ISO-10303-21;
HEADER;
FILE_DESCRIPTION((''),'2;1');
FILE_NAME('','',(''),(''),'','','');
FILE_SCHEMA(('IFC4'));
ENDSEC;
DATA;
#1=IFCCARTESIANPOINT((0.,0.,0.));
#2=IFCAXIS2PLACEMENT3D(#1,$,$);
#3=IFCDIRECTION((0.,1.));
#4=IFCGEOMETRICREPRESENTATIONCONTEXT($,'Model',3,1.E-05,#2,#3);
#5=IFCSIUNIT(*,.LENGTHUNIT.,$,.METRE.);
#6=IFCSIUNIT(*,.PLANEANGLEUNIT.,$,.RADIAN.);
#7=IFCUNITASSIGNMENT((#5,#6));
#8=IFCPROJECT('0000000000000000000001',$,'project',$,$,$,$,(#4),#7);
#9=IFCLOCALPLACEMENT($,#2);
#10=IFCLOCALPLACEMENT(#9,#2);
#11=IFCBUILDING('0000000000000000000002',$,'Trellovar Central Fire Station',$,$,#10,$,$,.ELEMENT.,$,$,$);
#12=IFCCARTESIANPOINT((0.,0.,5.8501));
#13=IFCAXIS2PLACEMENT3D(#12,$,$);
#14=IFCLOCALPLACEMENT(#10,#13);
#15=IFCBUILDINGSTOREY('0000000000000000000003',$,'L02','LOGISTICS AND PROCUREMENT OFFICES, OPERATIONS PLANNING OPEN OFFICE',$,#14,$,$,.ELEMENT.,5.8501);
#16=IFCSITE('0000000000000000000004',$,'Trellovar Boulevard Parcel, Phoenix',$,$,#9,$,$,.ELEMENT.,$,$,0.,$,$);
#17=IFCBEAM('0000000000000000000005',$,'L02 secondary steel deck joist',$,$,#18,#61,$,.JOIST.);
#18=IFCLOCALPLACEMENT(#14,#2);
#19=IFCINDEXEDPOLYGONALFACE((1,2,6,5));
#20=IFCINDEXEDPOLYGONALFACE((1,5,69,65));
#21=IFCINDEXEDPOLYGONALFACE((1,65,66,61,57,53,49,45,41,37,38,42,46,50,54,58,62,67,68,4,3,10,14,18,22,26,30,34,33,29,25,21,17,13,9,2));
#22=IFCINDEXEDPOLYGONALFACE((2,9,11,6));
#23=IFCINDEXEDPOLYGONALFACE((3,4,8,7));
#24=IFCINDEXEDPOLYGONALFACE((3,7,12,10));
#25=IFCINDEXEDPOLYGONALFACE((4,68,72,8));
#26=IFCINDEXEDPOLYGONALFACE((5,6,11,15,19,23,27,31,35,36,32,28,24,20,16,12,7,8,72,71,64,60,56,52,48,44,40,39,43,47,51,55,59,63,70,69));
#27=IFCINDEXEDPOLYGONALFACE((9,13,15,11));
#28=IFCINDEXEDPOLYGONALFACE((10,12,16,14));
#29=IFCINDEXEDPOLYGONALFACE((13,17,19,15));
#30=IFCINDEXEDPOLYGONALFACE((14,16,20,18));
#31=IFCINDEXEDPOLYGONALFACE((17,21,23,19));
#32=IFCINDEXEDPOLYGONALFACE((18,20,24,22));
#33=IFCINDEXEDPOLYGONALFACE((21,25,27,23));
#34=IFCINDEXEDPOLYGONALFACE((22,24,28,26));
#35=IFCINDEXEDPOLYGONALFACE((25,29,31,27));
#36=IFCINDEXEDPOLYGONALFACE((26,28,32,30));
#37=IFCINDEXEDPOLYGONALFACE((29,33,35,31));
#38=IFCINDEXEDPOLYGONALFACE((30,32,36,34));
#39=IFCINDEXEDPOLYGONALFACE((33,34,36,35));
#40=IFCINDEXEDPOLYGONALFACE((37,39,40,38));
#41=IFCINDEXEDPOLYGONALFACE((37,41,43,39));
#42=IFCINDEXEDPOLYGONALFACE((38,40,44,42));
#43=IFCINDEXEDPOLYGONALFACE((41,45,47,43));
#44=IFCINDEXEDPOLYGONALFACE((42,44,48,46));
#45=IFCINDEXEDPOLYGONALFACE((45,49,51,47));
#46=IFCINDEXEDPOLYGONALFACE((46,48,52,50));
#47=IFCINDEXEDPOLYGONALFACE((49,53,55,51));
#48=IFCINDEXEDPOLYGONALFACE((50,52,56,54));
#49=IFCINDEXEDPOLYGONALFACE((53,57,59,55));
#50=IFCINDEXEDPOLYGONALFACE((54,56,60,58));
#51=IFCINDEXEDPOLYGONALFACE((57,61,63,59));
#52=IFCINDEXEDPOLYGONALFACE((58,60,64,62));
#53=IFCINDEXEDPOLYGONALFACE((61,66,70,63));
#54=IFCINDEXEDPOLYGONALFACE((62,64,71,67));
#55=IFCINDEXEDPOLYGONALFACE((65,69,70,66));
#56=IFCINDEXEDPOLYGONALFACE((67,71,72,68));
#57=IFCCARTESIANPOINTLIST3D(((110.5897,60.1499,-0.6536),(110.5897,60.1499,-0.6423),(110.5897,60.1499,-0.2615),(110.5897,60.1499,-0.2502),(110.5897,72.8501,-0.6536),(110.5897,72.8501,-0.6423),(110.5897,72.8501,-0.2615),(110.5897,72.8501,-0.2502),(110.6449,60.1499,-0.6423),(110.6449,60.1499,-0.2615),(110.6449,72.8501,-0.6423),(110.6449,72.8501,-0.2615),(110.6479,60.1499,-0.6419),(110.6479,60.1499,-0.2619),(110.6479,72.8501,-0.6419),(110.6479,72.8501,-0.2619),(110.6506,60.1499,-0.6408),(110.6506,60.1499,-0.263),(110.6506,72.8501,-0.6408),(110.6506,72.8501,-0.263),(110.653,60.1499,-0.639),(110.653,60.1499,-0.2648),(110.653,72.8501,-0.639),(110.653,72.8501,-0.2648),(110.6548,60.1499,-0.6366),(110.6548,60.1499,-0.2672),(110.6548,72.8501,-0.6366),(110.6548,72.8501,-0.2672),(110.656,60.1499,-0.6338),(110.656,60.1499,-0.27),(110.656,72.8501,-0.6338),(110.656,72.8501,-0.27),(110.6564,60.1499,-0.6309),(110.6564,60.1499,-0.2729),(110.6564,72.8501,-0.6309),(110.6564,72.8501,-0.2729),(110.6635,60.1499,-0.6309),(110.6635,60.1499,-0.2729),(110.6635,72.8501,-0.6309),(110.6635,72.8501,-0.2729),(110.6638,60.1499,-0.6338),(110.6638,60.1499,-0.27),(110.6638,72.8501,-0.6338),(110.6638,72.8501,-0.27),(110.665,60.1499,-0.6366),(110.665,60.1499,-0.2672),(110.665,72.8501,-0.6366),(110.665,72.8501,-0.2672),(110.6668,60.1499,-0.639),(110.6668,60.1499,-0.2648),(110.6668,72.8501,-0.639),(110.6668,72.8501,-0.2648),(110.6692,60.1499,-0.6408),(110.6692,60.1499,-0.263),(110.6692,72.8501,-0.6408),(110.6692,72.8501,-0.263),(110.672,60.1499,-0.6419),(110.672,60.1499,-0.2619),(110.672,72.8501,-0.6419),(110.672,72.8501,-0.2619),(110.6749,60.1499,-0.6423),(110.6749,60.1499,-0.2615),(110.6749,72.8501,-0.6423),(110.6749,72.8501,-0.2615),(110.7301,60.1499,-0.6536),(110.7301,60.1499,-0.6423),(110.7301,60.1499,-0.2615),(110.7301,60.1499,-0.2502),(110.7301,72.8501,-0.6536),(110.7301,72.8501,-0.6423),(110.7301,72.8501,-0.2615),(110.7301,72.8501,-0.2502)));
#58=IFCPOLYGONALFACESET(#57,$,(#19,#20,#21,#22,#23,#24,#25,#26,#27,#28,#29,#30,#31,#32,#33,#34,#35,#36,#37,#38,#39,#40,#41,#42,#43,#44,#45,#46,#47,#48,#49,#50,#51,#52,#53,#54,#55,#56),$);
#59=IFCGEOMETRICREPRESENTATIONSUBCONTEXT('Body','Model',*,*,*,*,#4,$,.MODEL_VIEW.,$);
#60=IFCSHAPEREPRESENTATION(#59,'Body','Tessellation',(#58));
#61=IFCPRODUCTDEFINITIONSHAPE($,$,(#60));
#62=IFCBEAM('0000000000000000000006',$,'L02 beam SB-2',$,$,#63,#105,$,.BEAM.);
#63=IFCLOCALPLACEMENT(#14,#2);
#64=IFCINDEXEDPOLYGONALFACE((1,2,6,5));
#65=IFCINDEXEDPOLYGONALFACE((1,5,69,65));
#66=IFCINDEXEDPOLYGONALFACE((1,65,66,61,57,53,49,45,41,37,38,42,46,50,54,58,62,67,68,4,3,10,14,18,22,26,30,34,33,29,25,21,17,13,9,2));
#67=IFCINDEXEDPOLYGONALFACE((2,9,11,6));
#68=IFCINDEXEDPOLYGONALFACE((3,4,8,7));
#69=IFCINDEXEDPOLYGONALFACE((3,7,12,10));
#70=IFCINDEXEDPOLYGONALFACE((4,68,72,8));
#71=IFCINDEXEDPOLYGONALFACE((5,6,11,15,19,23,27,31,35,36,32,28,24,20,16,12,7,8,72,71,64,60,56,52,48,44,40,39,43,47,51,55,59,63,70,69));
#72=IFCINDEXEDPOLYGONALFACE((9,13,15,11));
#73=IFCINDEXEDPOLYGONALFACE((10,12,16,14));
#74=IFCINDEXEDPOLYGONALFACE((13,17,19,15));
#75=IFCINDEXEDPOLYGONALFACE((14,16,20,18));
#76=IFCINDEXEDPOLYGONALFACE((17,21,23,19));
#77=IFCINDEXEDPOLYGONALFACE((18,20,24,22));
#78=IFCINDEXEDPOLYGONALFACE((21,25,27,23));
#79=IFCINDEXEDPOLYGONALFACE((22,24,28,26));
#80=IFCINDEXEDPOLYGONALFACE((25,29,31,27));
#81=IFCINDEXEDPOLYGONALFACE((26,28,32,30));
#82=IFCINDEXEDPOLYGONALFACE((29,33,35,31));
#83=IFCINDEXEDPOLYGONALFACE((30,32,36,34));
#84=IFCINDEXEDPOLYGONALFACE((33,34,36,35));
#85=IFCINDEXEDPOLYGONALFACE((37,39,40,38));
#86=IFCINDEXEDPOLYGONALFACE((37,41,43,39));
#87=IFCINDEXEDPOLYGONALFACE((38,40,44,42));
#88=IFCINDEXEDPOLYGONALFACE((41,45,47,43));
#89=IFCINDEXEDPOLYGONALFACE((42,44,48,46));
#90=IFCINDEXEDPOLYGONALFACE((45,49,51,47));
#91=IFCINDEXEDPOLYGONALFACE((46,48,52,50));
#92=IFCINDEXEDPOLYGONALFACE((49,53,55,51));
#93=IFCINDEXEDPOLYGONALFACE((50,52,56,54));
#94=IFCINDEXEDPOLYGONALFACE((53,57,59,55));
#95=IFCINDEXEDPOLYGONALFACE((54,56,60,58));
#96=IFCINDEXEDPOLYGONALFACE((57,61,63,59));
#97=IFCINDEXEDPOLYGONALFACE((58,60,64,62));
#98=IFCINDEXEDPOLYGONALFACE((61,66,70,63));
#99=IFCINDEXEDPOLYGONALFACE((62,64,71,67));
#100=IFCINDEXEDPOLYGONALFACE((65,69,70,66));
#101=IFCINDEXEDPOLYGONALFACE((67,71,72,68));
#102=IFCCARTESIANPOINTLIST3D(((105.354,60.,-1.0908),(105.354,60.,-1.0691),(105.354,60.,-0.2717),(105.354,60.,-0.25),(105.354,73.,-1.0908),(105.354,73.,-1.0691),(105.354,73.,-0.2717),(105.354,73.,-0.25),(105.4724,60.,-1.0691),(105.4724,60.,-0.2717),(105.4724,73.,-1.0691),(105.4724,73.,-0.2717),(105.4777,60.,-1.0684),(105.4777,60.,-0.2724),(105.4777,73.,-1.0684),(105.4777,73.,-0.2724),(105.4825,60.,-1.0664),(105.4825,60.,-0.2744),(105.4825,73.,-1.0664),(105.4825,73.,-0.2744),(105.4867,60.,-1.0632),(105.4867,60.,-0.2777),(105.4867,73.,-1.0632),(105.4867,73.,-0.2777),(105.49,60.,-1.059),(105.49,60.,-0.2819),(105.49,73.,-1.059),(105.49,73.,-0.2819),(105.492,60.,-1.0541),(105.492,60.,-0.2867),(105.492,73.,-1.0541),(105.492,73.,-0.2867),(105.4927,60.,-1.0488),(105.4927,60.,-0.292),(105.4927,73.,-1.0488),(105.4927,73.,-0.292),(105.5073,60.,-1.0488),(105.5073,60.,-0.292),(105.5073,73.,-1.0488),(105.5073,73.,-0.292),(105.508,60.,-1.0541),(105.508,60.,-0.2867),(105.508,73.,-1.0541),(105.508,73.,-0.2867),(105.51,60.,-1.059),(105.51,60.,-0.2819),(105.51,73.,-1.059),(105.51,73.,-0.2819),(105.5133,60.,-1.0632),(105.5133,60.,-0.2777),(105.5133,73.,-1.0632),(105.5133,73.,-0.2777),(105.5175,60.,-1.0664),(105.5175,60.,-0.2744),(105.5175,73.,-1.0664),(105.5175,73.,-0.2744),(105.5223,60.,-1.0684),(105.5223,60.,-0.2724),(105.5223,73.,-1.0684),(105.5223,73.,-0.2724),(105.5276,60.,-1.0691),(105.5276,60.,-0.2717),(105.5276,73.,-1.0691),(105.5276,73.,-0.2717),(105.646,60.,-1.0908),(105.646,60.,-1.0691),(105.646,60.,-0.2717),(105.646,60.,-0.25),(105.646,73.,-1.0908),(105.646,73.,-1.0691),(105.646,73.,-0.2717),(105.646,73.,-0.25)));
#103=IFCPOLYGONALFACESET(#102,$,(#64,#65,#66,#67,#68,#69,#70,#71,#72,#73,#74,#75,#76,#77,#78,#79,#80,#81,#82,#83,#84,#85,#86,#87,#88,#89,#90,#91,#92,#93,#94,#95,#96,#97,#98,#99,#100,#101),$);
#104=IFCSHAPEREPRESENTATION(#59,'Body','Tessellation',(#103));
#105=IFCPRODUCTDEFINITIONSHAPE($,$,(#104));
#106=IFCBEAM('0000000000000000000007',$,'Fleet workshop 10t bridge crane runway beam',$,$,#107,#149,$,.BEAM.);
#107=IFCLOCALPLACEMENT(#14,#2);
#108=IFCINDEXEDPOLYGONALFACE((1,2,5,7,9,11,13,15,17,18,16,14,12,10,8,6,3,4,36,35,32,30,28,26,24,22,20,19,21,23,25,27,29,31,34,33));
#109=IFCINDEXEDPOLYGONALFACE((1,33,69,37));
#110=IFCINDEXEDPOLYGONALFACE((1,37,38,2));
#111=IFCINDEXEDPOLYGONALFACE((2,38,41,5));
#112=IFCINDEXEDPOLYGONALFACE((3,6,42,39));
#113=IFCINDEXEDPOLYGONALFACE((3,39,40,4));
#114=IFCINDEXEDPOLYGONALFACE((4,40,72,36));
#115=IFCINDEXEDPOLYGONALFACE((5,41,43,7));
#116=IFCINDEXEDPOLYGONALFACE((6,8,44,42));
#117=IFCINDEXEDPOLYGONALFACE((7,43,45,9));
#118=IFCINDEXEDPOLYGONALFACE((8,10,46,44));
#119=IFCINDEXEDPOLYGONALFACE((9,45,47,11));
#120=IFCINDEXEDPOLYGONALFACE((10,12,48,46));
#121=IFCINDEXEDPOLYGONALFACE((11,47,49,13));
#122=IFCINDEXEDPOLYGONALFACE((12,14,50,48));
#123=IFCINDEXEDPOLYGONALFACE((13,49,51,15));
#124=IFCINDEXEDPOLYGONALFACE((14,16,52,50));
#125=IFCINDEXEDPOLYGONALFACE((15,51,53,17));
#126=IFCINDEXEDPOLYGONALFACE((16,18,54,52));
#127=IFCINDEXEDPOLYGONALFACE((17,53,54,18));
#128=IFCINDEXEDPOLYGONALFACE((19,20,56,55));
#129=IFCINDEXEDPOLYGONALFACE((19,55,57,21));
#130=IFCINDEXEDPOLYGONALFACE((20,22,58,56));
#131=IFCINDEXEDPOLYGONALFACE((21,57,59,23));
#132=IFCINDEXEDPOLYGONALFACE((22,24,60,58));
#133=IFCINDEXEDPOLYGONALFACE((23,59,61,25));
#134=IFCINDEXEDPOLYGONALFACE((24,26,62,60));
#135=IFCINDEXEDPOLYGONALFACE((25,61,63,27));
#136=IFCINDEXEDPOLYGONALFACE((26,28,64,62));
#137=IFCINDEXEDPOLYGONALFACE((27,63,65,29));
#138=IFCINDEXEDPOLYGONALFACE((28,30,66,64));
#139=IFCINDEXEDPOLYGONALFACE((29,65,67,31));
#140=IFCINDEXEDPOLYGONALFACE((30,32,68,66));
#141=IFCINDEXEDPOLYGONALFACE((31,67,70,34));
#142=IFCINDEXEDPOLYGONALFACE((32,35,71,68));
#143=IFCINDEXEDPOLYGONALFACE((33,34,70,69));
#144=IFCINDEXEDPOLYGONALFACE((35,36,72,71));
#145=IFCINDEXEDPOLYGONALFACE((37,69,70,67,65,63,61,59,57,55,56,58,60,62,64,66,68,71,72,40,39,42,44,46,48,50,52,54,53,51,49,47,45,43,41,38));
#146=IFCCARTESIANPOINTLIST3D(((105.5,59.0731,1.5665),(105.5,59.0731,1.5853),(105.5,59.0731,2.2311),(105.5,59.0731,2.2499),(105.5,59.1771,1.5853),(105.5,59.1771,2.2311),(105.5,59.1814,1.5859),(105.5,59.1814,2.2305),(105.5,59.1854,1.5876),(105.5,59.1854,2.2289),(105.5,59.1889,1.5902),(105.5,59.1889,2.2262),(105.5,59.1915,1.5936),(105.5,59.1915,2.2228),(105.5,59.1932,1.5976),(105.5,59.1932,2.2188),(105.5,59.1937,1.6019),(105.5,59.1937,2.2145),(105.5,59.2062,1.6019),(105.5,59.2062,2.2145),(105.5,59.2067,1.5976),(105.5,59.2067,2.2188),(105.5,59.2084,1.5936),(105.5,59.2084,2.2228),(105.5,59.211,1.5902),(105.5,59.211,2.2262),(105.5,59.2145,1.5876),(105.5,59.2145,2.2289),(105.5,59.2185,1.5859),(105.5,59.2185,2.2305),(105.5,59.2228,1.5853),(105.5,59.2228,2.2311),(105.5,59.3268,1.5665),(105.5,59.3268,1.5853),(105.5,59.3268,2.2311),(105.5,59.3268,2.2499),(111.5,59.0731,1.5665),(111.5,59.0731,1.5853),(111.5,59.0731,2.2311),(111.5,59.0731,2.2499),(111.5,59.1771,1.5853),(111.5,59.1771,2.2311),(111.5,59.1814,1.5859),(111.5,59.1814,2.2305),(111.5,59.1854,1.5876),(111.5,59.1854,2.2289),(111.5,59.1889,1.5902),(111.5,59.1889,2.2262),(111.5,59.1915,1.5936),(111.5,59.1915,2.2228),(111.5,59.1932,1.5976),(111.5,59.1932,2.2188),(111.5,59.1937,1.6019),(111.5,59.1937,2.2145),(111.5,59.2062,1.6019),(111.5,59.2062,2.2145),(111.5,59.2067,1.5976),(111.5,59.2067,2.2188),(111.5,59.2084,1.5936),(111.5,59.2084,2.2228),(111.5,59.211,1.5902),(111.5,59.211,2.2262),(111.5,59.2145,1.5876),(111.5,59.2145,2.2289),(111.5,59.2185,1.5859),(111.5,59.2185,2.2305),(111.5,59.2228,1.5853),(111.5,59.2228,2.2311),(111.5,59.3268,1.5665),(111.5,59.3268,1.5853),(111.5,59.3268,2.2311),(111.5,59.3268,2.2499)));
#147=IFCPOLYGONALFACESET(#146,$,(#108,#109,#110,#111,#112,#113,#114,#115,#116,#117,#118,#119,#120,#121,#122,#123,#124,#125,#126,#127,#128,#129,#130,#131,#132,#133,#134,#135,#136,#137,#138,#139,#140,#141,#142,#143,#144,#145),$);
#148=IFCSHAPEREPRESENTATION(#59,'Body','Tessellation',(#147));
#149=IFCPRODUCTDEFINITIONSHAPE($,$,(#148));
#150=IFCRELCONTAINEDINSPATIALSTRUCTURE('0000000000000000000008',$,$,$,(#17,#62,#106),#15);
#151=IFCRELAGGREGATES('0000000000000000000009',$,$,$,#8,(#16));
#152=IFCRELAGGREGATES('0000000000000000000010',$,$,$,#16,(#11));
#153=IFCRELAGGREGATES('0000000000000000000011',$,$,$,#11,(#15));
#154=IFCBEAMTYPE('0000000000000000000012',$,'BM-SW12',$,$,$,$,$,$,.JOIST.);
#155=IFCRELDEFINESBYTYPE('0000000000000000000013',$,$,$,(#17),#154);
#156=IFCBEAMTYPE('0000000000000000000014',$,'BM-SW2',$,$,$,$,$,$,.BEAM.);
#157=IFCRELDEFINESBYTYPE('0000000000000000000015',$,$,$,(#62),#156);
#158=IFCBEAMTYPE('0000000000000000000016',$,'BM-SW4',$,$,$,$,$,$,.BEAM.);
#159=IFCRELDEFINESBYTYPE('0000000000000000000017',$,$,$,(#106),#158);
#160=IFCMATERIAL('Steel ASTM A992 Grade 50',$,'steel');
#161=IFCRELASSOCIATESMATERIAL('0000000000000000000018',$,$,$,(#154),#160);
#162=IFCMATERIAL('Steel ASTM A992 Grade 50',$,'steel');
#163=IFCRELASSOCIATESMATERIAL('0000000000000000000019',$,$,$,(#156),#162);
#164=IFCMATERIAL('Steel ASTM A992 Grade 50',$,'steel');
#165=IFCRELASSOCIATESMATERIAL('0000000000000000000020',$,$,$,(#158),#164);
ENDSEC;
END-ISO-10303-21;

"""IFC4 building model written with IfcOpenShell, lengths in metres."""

from ifc_helpers import new_model, si_unit, direction, frame, origin, origin_2d, place, context, subcontext, project, spatial, i_section, extrude, material, material_profile, profile_set, type_object, element, save


model = new_model("IFC4")

# Units and contexts
model_context = context("Model", 3, precision=1e-05, world=origin(), true_north=direction((0.0, 1.0)))
body_context = subcontext(model_context, "Body", "Model", "MODEL_VIEW")
ifc_project = project(units=[si_unit("LENGTHUNIT", "METRE"), si_unit("PLANEANGLEUNIT", "RADIAN")], contexts=[model_context])

# Site, building, storey
site_placement = place(None, origin())
site = spatial("IfcSite", under=ifc_project, at=site_placement, Name="Trellovar Boulevard Parcel, Phoenix", CompositionType="ELEMENT", RefElevation=0.0)
building_placement = place(site_placement, origin())
building = spatial("IfcBuilding", under=site, at=building_placement, Name="Trellovar Central Fire Station", CompositionType="ELEMENT")
storey_placement = place(building_placement, frame((0.0, 0.0, 5.8501)))
storey = spatial("IfcBuildingStorey", under=building, at=storey_placement, Name="L02", Description="LOGISTICS AND PROCUREMENT OFFICES, OPERATIONS PLANNING OPEN OFFICE", CompositionType="ELEMENT", Elevation=5.8501)

# Beams
ifc_material_1 = material(Name="Steel ASTM A992 Grade 50", Category="steel")
ifc_material_profile_1 = material_profile(ifc_material_1, i_section(OverallWidth=0.1404, OverallDepth=0.4033, WebThickness=0.0071, FlangeThickness=0.0112, FilletRadius=0.0115, at=origin_2d()), Name="W16X31")
ifc_profile_set_1 = profile_set([ifc_material_profile_1], Name="Steel ASTM A992 Grade 50")
beam_type_1 = type_object("IfcBeamType", Name="BM-SW12", PredefinedType="JOIST", material=ifc_profile_set_1)
beam_1_placement = place(storey_placement, frame((110.6599, 60.1499, -0.4519), z_axis=(0.0, 1.0, 0.0), x_axis=(-1.0, 0.0, 0.0)))
element("IfcBeam", 1, at=beam_1_placement, inside=storey, type_object=beam_type_1, Name="L02 secondary steel deck joist", PredefinedType="JOIST", context=body_context, shape_type="SweptSolid", body=[
    extrude(i_section(OverallWidth=0.1404, OverallDepth=0.4033, WebThickness=0.0071, FlangeThickness=0.0112, FilletRadius=0.0115, at=origin_2d()), origin(), (0.0, 0.0, 1.0), 12.7002),
])
ifc_material_2 = material(Name="Steel ASTM A992 Grade 50", Category="steel")
ifc_material_profile_2 = material_profile(ifc_material_2, i_section(OverallWidth=0.292, OverallDepth=0.8408, WebThickness=0.0146, FlangeThickness=0.0217, FilletRadius=0.0203, at=origin_2d()), Name="W33X130")
ifc_profile_set_2 = profile_set([ifc_material_profile_2], Name="Steel ASTM A992 Grade 50")
beam_type_2 = type_object("IfcBeamType", Name="BM-SW2", PredefinedType="BEAM", material=ifc_profile_set_2)
beam_2_placement = place(storey_placement, frame((105.5, 60.0, -0.6704), z_axis=(0.0, 1.0, 0.0), x_axis=(-1.0, 0.0, 0.0)))
element("IfcBeam", 2, at=beam_2_placement, inside=storey, type_object=beam_type_2, Name="L02 beam SB-2", PredefinedType="BEAM", context=body_context, shape_type="SweptSolid", body=[
    extrude(i_section(OverallWidth=0.292, OverallDepth=0.8408, WebThickness=0.0146, FlangeThickness=0.0217, FilletRadius=0.0203, at=origin_2d()), origin(), (0.0, 0.0, 1.0), 13.0),
])
ifc_material_3 = material(Name="Steel ASTM A992 Grade 50", Category="steel")
ifc_material_profile_3 = material_profile(ifc_material_3, i_section(OverallWidth=0.2537, OverallDepth=0.6833, WebThickness=0.0125, FlangeThickness=0.0188, FilletRadius=0.0166, at=origin_2d()), Name="W27X94")
ifc_profile_set_3 = profile_set([ifc_material_profile_3], Name="Steel ASTM A992 Grade 50")
beam_type_3 = type_object("IfcBeamType", Name="BM-SW4", PredefinedType="BEAM", material=ifc_profile_set_3)
beam_3_placement = place(storey_placement, frame((105.5, 59.2, 1.9082), z_axis=(1.0, 0.0, 0.0), x_axis=(0.0, 1.0, 0.0)))
element("IfcBeam", 3, at=beam_3_placement, inside=storey, type_object=beam_type_3, Name="Fleet workshop 10t bridge crane runway beam", PredefinedType="BEAM", context=body_context, shape_type="SweptSolid", body=[
    extrude(i_section(OverallWidth=0.2537, OverallDepth=0.6833, WebThickness=0.0125, FlangeThickness=0.0188, FilletRadius=0.0166, at=origin_2d()), origin(), (0.0, 0.0, 1.0), 6.0),
])

save(model, "model.ifc")
